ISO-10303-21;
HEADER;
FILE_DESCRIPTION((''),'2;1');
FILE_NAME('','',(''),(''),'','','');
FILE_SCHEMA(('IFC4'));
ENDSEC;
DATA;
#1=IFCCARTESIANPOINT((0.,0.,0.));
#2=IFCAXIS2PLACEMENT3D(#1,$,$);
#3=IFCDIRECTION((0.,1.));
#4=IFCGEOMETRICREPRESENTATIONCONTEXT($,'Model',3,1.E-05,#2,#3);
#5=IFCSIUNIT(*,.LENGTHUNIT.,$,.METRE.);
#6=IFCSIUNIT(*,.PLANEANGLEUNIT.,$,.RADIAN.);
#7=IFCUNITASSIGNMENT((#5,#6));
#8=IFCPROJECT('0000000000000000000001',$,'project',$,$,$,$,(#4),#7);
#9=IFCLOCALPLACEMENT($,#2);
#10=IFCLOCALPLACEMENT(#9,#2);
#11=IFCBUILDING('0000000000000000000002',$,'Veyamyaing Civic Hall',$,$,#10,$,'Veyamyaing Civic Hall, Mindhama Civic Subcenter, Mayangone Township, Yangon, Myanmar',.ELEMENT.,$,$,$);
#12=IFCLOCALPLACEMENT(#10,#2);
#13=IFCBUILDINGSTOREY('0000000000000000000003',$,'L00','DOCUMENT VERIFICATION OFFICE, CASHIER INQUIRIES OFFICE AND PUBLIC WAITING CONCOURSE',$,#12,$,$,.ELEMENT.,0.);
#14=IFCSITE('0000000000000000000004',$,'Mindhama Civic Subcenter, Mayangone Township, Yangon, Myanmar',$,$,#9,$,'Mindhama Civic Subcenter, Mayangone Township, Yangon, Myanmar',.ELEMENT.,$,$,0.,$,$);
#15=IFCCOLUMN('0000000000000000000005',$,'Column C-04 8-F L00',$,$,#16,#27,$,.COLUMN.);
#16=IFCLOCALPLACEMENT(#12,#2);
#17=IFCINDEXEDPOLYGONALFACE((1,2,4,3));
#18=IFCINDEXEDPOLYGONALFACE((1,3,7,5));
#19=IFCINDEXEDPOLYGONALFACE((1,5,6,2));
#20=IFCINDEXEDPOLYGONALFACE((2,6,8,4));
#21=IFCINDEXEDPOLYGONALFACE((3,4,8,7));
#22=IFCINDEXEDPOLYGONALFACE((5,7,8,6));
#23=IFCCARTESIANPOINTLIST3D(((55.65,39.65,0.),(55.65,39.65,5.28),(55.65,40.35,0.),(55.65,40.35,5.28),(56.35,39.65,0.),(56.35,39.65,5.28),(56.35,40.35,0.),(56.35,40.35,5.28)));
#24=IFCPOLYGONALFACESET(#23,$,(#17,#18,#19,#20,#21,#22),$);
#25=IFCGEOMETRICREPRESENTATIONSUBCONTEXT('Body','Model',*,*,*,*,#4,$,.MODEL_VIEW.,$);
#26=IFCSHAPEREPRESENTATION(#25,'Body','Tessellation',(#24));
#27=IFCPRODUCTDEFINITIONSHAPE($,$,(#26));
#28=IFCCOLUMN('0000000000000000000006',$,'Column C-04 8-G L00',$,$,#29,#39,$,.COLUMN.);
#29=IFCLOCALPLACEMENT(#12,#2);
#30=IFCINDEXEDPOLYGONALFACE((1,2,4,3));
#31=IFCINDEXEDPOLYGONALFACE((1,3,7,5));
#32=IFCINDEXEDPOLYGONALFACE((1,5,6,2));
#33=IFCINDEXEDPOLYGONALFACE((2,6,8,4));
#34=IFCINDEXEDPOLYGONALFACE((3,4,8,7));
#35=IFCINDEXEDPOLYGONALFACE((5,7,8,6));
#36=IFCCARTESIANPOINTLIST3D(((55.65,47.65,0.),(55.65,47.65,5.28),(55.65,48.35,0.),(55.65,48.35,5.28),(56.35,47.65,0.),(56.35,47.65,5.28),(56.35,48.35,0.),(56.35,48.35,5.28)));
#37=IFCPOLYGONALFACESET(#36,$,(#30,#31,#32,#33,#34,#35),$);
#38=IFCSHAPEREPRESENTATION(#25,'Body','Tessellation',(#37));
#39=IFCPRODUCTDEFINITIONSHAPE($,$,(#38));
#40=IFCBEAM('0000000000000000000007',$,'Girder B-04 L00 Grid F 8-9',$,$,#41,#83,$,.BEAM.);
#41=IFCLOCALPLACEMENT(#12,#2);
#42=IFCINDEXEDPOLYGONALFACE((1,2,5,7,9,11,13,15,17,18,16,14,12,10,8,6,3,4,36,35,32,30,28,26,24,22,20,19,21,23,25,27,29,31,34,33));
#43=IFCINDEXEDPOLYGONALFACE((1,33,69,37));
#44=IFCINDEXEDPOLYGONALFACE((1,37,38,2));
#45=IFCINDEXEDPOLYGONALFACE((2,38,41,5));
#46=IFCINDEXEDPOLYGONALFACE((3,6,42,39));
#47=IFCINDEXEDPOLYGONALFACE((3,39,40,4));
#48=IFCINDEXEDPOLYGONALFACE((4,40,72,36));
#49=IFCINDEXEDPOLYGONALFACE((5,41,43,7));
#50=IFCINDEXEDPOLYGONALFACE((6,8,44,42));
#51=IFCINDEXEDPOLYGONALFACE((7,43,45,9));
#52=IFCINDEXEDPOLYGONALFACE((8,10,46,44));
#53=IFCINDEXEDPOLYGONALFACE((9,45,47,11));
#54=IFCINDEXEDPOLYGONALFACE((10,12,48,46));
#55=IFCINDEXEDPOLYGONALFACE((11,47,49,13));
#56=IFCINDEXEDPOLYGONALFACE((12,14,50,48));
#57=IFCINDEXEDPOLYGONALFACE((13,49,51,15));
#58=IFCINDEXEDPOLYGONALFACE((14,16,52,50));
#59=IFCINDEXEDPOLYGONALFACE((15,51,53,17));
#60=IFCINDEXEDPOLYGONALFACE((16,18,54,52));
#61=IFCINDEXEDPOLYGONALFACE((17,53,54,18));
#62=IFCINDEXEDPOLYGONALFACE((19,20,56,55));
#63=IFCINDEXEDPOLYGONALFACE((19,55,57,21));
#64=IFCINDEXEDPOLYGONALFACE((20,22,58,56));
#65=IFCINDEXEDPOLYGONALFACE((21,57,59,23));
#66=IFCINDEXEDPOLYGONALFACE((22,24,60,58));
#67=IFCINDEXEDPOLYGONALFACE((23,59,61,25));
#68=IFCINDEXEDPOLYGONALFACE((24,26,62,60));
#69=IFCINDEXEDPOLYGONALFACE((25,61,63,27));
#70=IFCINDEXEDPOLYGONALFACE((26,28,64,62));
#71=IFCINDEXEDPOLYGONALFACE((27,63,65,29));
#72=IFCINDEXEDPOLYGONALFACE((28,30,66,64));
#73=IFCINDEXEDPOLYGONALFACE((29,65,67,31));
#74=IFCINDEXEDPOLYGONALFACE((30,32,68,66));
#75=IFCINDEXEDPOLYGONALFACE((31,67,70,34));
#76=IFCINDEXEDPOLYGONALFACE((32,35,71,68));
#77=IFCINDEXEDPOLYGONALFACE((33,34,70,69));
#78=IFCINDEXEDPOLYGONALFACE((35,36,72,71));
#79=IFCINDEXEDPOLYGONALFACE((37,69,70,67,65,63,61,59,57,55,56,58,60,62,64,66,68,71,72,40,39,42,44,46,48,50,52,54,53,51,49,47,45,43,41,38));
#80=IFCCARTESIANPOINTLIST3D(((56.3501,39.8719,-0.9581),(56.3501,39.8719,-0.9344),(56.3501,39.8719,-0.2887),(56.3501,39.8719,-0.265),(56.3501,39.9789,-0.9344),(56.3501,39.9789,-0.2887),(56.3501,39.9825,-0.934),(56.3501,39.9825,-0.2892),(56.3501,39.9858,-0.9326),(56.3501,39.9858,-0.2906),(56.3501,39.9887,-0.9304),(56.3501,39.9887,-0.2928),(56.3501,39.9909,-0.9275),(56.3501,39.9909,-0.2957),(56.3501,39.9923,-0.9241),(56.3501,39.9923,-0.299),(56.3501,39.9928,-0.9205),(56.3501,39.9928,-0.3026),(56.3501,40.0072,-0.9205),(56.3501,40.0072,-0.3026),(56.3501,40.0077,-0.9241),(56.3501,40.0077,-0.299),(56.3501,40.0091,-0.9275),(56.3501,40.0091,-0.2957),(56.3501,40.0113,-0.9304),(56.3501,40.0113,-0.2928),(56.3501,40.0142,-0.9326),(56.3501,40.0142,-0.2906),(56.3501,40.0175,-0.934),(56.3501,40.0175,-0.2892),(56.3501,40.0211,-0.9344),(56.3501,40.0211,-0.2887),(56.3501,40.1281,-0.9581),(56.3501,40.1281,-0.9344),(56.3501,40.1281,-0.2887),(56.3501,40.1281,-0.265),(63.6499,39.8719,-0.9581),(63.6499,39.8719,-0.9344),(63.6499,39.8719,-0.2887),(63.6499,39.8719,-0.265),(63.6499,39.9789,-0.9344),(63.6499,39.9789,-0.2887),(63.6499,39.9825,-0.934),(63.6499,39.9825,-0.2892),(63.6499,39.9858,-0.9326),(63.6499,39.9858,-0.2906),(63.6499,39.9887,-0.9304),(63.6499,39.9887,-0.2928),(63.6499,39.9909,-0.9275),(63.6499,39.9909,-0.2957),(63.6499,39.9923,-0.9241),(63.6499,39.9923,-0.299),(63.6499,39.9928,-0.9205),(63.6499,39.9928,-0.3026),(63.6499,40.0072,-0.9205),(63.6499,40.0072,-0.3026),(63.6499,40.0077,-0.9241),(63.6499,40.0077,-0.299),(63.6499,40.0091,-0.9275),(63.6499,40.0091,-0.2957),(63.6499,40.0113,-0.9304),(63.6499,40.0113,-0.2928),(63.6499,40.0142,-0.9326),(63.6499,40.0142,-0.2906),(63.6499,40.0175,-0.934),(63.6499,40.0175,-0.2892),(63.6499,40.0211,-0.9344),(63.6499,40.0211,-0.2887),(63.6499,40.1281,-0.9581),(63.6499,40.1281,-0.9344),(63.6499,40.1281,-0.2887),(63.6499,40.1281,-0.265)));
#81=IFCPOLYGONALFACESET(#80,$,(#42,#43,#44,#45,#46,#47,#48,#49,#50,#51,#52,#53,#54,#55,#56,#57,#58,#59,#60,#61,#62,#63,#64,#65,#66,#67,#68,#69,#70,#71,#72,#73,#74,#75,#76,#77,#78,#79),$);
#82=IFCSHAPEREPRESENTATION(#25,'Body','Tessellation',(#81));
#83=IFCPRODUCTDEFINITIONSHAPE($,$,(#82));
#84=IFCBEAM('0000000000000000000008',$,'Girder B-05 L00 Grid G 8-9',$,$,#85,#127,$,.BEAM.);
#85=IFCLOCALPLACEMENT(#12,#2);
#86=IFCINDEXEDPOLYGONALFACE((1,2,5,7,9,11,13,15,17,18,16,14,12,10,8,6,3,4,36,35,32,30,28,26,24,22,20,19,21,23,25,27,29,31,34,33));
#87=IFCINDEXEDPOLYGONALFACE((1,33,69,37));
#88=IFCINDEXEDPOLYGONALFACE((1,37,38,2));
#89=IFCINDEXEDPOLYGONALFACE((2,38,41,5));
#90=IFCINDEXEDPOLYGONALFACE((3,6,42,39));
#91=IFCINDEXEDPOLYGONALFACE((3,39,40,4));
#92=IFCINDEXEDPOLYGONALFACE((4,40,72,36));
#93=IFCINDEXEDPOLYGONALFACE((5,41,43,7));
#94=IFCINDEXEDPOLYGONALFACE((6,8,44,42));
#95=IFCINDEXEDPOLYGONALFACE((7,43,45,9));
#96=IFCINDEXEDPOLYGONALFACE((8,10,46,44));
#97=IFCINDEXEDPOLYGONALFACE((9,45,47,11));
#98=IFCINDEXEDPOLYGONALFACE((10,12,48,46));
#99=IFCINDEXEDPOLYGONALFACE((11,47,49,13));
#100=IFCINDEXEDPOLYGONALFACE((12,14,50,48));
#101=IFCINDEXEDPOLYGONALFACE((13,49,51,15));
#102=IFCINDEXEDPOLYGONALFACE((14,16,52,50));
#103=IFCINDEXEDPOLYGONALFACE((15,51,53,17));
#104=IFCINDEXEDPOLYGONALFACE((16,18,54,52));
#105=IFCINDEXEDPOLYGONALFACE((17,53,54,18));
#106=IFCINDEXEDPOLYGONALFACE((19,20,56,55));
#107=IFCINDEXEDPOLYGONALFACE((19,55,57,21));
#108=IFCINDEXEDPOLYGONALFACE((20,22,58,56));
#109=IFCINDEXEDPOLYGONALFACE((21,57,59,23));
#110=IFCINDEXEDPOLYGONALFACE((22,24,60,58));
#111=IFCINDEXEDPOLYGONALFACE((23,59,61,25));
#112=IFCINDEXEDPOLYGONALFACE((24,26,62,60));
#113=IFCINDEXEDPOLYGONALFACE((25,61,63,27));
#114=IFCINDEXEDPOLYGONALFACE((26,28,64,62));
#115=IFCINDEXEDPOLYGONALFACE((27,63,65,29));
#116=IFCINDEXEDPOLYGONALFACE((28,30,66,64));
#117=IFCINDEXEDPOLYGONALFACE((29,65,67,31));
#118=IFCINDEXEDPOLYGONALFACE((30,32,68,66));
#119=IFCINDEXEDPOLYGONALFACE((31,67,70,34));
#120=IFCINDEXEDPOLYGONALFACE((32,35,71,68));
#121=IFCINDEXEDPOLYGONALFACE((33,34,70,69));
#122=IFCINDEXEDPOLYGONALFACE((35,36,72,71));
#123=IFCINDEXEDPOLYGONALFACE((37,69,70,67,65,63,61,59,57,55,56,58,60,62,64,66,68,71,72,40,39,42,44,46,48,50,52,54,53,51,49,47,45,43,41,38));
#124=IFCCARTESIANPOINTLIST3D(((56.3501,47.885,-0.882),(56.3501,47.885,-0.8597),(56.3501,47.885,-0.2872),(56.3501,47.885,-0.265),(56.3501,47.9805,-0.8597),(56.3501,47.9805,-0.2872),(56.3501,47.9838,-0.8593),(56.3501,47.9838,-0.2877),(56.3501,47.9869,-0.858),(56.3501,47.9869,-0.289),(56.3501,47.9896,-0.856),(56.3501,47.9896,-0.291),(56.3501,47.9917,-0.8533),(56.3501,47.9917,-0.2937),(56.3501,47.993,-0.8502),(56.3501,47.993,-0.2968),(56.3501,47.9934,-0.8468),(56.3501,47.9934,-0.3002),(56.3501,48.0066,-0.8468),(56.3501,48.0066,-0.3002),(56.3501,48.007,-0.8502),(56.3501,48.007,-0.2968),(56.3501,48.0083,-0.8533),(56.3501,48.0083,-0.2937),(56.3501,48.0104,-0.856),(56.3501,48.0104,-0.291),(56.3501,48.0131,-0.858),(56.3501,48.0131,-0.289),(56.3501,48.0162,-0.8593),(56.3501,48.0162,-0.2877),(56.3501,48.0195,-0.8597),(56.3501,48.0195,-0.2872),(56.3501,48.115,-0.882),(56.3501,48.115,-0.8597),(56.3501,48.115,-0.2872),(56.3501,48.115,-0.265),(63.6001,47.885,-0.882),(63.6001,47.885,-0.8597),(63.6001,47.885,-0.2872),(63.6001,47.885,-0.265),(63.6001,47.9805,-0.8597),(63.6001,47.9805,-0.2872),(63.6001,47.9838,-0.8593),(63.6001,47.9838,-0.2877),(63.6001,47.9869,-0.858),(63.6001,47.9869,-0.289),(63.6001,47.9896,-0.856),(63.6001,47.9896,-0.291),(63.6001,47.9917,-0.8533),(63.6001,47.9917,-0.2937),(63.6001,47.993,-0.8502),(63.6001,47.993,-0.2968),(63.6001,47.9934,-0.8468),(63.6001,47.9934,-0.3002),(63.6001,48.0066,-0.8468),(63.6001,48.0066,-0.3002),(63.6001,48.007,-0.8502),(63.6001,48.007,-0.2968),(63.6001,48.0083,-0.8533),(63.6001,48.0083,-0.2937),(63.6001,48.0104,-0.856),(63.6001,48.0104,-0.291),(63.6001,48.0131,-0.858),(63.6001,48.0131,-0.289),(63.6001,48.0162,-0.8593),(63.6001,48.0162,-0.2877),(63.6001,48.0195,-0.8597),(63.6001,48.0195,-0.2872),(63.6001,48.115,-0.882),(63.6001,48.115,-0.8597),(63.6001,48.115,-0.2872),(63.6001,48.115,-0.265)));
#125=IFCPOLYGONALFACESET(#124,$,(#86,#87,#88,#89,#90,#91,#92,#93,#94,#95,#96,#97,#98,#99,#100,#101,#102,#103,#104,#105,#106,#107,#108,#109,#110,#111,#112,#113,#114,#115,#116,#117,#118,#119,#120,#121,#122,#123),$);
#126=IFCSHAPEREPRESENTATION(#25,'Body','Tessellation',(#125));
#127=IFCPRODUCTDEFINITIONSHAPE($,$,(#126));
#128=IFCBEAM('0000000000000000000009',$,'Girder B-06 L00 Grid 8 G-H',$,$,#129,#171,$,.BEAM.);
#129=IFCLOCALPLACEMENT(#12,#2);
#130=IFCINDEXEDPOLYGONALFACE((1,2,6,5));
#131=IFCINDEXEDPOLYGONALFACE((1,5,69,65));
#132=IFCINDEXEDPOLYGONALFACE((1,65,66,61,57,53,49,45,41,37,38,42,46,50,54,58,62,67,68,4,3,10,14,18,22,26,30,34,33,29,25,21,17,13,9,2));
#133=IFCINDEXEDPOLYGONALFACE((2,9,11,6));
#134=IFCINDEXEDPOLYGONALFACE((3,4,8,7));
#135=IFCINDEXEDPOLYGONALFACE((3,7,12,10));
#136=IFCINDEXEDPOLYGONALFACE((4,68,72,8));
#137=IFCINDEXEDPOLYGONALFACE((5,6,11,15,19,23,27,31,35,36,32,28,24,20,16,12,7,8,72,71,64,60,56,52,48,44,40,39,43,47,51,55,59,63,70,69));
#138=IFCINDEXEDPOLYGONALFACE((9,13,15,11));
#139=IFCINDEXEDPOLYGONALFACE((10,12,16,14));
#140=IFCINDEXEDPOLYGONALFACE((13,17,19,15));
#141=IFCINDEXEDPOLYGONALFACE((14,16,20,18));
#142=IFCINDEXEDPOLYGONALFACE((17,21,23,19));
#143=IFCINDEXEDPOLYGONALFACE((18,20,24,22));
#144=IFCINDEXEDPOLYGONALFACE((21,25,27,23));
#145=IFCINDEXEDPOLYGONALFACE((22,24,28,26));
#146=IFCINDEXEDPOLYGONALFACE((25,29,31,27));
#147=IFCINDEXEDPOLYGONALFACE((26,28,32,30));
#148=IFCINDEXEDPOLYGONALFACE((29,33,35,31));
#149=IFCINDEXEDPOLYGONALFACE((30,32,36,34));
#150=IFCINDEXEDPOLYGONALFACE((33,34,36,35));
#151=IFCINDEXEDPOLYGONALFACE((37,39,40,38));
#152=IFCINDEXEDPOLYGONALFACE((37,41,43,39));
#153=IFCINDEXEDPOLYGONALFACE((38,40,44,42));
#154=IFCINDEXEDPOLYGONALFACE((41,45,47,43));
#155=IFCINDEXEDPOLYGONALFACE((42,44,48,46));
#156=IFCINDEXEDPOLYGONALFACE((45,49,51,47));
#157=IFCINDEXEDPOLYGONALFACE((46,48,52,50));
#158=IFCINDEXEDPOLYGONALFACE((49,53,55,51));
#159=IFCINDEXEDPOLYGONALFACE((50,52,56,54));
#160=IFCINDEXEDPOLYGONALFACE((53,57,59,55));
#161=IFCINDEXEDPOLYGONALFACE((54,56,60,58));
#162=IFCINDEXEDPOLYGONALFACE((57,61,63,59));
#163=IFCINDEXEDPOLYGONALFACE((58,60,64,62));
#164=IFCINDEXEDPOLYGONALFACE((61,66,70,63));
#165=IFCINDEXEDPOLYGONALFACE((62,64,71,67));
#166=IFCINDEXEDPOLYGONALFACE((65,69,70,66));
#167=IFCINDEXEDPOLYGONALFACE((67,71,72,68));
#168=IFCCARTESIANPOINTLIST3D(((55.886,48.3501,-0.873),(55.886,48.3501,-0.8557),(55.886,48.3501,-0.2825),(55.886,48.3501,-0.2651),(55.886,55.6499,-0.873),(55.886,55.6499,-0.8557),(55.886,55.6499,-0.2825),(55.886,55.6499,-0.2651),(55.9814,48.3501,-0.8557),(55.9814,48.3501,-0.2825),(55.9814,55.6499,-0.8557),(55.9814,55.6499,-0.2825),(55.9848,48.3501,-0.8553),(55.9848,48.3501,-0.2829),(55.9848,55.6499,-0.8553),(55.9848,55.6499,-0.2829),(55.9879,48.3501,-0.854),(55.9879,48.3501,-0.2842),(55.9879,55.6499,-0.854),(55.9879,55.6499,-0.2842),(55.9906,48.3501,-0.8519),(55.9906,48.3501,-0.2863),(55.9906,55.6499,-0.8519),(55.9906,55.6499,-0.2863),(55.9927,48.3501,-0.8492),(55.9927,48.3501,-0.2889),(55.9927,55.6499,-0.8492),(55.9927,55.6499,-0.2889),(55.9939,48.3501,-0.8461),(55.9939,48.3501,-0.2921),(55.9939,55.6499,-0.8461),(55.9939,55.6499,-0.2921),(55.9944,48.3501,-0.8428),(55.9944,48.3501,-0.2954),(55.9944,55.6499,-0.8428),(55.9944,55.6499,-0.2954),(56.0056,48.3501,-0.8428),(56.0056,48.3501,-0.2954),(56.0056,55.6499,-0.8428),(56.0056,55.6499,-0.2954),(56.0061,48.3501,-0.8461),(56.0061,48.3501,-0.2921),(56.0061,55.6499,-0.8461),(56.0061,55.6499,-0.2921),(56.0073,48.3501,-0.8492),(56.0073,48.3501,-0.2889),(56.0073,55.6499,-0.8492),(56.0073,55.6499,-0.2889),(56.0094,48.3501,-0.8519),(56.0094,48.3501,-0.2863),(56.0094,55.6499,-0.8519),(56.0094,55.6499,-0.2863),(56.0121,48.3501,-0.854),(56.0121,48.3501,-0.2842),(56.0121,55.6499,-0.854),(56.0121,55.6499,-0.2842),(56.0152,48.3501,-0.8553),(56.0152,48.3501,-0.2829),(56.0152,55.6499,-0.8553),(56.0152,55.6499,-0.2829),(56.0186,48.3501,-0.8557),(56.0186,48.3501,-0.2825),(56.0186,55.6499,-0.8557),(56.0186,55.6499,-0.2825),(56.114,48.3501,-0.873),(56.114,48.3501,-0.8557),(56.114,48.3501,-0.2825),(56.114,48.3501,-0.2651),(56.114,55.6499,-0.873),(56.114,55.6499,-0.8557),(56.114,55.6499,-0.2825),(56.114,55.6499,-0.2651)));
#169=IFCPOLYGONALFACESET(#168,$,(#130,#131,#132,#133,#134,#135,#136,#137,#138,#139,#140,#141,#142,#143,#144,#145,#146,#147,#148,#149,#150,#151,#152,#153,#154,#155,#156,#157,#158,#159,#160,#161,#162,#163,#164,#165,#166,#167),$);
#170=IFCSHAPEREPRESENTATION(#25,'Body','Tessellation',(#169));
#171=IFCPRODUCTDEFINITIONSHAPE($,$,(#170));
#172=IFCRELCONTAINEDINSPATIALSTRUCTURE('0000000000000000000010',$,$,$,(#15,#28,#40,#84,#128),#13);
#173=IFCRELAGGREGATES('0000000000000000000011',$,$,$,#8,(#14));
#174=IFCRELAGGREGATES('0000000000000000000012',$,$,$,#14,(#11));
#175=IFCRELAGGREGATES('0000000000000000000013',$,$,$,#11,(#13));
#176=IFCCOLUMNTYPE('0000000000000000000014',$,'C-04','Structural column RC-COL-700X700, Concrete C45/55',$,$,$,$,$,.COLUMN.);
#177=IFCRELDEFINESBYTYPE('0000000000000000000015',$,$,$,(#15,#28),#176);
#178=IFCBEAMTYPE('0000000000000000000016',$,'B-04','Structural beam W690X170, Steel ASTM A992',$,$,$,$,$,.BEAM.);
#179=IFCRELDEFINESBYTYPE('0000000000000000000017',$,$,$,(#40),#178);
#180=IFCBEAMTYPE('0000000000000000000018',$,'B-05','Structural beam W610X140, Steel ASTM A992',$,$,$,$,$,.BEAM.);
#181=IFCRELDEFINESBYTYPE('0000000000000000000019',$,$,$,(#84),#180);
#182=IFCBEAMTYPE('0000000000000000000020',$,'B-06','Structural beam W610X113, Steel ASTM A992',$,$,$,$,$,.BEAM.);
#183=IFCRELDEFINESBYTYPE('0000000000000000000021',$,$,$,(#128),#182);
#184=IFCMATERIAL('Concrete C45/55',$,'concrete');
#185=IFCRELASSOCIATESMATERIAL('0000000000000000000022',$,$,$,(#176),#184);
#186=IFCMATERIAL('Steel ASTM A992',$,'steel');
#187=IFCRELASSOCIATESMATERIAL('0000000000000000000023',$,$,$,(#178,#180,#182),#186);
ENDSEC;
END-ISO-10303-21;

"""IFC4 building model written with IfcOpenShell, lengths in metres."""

from ifc_helpers import new_model, si_unit, direction, frame, origin, origin_2d, place, context, subcontext, project, spatial, rectangle, i_section, extrude, material, material_profile, profile_set, type_object, element, save


model = new_model("IFC4")

# Units and contexts
model_context = context("Model", 3, precision=1e-05, world=origin(), true_north=direction((0.0, 1.0)))
body_context = subcontext(model_context, "Body", "Model", "MODEL_VIEW")
ifc_project = project(units=[si_unit("LENGTHUNIT", "METRE"), si_unit("PLANEANGLEUNIT", "RADIAN")], contexts=[model_context])

# Site, building, storey
site_placement = place(None, origin())
site = spatial("IfcSite", under=ifc_project, at=site_placement, Name="Mindhama Civic Subcenter, Mayangone Township, Yangon, Myanmar", LongName="Mindhama Civic Subcenter, Mayangone Township, Yangon, Myanmar", CompositionType="ELEMENT", RefElevation=0.0)
building_placement = place(site_placement, origin())
building = spatial("IfcBuilding", under=site, at=building_placement, Name="Veyamyaing Civic Hall", LongName="Veyamyaing Civic Hall, Mindhama Civic Subcenter, Mayangone Township, Yangon, Myanmar", CompositionType="ELEMENT")
storey_placement = place(building_placement, origin())
storey = spatial("IfcBuildingStorey", under=building, at=storey_placement, Name="L00", Description="DOCUMENT VERIFICATION OFFICE, CASHIER INQUIRIES OFFICE AND PUBLIC WAITING CONCOURSE", CompositionType="ELEMENT", Elevation=0.0)

# Columns
ifc_material_1 = material(Name="Concrete C45/55", Category="concrete")
ifc_material_profile_1 = material_profile(ifc_material_1, rectangle(XDim=0.7, YDim=0.7, at=origin_2d()), Name="RC-COL-700X700")
ifc_profile_set_1 = profile_set([ifc_material_profile_1], Name="Concrete C45/55")
column_type = type_object("IfcColumnType", Name="C-04", Description="Structural column RC-COL-700X700, Concrete C45/55", PredefinedType="COLUMN", material=ifc_profile_set_1)
for number, where, z_axis, x_axis, name in (
    (1, (56.0, 40.0, 0.0), (0.0, 0.0, 1.0), (1.0, 0.0, 0.0), "Column C-04 8-F L00"),
    (2, (56.0, 48.0, 0.0), (0.0, 0.0, 1.0), (1.0, 0.0, 0.0), "Column C-04 8-G L00"),
):
    element("IfcColumn", number, at=place(storey_placement, frame(where, z_axis=z_axis, x_axis=x_axis)), inside=storey, type_object=column_type, Name=name, PredefinedType="COLUMN", context=body_context, shape_type="SweptSolid", body=[
        extrude(rectangle(XDim=0.7, YDim=0.7, at=origin_2d()), origin(), (0.0, 0.0, 1.0), 5.28),
    ])

# Beams
ifc_material_2 = material(Name="Steel ASTM A992", Category="steel")
ifc_material_profile_2 = material_profile(ifc_material_2, i_section(OverallWidth=0.2561, OverallDepth=0.6931, WebThickness=0.0144, FlangeThickness=0.0237, FilletRadius=0.0139, at=origin_2d()), Name="W690X170")
ifc_profile_set_2 = profile_set([ifc_material_profile_2], Name="Steel ASTM A992")
beam_type_1 = type_object("IfcBeamType", Name="B-04", Description="Structural beam W690X170, Steel ASTM A992", PredefinedType="BEAM", material=ifc_profile_set_2)
beam_1_placement = place(storey_placement, frame((56.3501, 40.0, -0.6116), z_axis=(1.0, 0.0, 0.0), x_axis=(0.0, 1.0, 0.0)))
element("IfcBeam", 3, at=beam_1_placement, inside=storey, type_object=beam_type_1, Name="Girder B-04 L00 Grid F 8-9", PredefinedType="BEAM", context=body_context, shape_type="SweptSolid", body=[
    extrude(i_section(OverallWidth=0.2561, OverallDepth=0.6931, WebThickness=0.0144, FlangeThickness=0.0237, FilletRadius=0.0139, at=origin_2d()), origin(), (0.0, 0.0, 1.0), 7.2998),
])
ifc_material_profile_3 = material_profile(ifc_material_2, i_section(OverallWidth=0.23, OverallDepth=0.6169, WebThickness=0.0132, FlangeThickness=0.0222, FilletRadius=0.0129, at=origin_2d()), Name="W610X140")
ifc_profile_set_3 = profile_set([ifc_material_profile_3], Name="Steel ASTM A992")
beam_type_2 = type_object("IfcBeamType", Name="B-05", Description="Structural beam W610X140, Steel ASTM A992", PredefinedType="BEAM", material=ifc_profile_set_3)
beam_2_placement = place(storey_placement, frame((56.3501, 48.0, -0.5735), z_axis=(1.0, 0.0, 0.0), x_axis=(0.0, 1.0, 0.0)))
element("IfcBeam", 4, at=beam_2_placement, inside=storey, type_object=beam_type_2, Name="Girder B-05 L00 Grid G 8-9", PredefinedType="BEAM", context=body_context, shape_type="SweptSolid", body=[
    extrude(i_section(OverallWidth=0.23, OverallDepth=0.6169, WebThickness=0.0132, FlangeThickness=0.0222, FilletRadius=0.0129, at=origin_2d()), origin(), (0.0, 0.0, 1.0), 7.25),
])
ifc_material_profile_4 = material_profile(ifc_material_2, i_section(OverallWidth=0.228, OverallDepth=0.6079, WebThickness=0.0112, FlangeThickness=0.0173, FilletRadius=0.0129, at=origin_2d()), Name="W610X113")
ifc_profile_set_4 = profile_set([ifc_material_profile_4], Name="Steel ASTM A992")
beam_type_3 = type_object("IfcBeamType", Name="B-06", Description="Structural beam W610X113, Steel ASTM A992", PredefinedType="BEAM", material=ifc_profile_set_4)
beam_3_placement = place(storey_placement, frame((56.0, 48.3501, -0.5691), z_axis=(0.0, 1.0, 0.0), x_axis=(-1.0, 0.0, 0.0)))
element("IfcBeam", 5, at=beam_3_placement, inside=storey, type_object=beam_type_3, Name="Girder B-06 L00 Grid 8 G-H", PredefinedType="BEAM", context=body_context, shape_type="SweptSolid", body=[
    extrude(i_section(OverallWidth=0.228, OverallDepth=0.6079, WebThickness=0.0112, FlangeThickness=0.0173, FilletRadius=0.0129, at=origin_2d()), origin(), (0.0, 0.0, 1.0), 7.2998),
])

save(model, "model.ifc")
